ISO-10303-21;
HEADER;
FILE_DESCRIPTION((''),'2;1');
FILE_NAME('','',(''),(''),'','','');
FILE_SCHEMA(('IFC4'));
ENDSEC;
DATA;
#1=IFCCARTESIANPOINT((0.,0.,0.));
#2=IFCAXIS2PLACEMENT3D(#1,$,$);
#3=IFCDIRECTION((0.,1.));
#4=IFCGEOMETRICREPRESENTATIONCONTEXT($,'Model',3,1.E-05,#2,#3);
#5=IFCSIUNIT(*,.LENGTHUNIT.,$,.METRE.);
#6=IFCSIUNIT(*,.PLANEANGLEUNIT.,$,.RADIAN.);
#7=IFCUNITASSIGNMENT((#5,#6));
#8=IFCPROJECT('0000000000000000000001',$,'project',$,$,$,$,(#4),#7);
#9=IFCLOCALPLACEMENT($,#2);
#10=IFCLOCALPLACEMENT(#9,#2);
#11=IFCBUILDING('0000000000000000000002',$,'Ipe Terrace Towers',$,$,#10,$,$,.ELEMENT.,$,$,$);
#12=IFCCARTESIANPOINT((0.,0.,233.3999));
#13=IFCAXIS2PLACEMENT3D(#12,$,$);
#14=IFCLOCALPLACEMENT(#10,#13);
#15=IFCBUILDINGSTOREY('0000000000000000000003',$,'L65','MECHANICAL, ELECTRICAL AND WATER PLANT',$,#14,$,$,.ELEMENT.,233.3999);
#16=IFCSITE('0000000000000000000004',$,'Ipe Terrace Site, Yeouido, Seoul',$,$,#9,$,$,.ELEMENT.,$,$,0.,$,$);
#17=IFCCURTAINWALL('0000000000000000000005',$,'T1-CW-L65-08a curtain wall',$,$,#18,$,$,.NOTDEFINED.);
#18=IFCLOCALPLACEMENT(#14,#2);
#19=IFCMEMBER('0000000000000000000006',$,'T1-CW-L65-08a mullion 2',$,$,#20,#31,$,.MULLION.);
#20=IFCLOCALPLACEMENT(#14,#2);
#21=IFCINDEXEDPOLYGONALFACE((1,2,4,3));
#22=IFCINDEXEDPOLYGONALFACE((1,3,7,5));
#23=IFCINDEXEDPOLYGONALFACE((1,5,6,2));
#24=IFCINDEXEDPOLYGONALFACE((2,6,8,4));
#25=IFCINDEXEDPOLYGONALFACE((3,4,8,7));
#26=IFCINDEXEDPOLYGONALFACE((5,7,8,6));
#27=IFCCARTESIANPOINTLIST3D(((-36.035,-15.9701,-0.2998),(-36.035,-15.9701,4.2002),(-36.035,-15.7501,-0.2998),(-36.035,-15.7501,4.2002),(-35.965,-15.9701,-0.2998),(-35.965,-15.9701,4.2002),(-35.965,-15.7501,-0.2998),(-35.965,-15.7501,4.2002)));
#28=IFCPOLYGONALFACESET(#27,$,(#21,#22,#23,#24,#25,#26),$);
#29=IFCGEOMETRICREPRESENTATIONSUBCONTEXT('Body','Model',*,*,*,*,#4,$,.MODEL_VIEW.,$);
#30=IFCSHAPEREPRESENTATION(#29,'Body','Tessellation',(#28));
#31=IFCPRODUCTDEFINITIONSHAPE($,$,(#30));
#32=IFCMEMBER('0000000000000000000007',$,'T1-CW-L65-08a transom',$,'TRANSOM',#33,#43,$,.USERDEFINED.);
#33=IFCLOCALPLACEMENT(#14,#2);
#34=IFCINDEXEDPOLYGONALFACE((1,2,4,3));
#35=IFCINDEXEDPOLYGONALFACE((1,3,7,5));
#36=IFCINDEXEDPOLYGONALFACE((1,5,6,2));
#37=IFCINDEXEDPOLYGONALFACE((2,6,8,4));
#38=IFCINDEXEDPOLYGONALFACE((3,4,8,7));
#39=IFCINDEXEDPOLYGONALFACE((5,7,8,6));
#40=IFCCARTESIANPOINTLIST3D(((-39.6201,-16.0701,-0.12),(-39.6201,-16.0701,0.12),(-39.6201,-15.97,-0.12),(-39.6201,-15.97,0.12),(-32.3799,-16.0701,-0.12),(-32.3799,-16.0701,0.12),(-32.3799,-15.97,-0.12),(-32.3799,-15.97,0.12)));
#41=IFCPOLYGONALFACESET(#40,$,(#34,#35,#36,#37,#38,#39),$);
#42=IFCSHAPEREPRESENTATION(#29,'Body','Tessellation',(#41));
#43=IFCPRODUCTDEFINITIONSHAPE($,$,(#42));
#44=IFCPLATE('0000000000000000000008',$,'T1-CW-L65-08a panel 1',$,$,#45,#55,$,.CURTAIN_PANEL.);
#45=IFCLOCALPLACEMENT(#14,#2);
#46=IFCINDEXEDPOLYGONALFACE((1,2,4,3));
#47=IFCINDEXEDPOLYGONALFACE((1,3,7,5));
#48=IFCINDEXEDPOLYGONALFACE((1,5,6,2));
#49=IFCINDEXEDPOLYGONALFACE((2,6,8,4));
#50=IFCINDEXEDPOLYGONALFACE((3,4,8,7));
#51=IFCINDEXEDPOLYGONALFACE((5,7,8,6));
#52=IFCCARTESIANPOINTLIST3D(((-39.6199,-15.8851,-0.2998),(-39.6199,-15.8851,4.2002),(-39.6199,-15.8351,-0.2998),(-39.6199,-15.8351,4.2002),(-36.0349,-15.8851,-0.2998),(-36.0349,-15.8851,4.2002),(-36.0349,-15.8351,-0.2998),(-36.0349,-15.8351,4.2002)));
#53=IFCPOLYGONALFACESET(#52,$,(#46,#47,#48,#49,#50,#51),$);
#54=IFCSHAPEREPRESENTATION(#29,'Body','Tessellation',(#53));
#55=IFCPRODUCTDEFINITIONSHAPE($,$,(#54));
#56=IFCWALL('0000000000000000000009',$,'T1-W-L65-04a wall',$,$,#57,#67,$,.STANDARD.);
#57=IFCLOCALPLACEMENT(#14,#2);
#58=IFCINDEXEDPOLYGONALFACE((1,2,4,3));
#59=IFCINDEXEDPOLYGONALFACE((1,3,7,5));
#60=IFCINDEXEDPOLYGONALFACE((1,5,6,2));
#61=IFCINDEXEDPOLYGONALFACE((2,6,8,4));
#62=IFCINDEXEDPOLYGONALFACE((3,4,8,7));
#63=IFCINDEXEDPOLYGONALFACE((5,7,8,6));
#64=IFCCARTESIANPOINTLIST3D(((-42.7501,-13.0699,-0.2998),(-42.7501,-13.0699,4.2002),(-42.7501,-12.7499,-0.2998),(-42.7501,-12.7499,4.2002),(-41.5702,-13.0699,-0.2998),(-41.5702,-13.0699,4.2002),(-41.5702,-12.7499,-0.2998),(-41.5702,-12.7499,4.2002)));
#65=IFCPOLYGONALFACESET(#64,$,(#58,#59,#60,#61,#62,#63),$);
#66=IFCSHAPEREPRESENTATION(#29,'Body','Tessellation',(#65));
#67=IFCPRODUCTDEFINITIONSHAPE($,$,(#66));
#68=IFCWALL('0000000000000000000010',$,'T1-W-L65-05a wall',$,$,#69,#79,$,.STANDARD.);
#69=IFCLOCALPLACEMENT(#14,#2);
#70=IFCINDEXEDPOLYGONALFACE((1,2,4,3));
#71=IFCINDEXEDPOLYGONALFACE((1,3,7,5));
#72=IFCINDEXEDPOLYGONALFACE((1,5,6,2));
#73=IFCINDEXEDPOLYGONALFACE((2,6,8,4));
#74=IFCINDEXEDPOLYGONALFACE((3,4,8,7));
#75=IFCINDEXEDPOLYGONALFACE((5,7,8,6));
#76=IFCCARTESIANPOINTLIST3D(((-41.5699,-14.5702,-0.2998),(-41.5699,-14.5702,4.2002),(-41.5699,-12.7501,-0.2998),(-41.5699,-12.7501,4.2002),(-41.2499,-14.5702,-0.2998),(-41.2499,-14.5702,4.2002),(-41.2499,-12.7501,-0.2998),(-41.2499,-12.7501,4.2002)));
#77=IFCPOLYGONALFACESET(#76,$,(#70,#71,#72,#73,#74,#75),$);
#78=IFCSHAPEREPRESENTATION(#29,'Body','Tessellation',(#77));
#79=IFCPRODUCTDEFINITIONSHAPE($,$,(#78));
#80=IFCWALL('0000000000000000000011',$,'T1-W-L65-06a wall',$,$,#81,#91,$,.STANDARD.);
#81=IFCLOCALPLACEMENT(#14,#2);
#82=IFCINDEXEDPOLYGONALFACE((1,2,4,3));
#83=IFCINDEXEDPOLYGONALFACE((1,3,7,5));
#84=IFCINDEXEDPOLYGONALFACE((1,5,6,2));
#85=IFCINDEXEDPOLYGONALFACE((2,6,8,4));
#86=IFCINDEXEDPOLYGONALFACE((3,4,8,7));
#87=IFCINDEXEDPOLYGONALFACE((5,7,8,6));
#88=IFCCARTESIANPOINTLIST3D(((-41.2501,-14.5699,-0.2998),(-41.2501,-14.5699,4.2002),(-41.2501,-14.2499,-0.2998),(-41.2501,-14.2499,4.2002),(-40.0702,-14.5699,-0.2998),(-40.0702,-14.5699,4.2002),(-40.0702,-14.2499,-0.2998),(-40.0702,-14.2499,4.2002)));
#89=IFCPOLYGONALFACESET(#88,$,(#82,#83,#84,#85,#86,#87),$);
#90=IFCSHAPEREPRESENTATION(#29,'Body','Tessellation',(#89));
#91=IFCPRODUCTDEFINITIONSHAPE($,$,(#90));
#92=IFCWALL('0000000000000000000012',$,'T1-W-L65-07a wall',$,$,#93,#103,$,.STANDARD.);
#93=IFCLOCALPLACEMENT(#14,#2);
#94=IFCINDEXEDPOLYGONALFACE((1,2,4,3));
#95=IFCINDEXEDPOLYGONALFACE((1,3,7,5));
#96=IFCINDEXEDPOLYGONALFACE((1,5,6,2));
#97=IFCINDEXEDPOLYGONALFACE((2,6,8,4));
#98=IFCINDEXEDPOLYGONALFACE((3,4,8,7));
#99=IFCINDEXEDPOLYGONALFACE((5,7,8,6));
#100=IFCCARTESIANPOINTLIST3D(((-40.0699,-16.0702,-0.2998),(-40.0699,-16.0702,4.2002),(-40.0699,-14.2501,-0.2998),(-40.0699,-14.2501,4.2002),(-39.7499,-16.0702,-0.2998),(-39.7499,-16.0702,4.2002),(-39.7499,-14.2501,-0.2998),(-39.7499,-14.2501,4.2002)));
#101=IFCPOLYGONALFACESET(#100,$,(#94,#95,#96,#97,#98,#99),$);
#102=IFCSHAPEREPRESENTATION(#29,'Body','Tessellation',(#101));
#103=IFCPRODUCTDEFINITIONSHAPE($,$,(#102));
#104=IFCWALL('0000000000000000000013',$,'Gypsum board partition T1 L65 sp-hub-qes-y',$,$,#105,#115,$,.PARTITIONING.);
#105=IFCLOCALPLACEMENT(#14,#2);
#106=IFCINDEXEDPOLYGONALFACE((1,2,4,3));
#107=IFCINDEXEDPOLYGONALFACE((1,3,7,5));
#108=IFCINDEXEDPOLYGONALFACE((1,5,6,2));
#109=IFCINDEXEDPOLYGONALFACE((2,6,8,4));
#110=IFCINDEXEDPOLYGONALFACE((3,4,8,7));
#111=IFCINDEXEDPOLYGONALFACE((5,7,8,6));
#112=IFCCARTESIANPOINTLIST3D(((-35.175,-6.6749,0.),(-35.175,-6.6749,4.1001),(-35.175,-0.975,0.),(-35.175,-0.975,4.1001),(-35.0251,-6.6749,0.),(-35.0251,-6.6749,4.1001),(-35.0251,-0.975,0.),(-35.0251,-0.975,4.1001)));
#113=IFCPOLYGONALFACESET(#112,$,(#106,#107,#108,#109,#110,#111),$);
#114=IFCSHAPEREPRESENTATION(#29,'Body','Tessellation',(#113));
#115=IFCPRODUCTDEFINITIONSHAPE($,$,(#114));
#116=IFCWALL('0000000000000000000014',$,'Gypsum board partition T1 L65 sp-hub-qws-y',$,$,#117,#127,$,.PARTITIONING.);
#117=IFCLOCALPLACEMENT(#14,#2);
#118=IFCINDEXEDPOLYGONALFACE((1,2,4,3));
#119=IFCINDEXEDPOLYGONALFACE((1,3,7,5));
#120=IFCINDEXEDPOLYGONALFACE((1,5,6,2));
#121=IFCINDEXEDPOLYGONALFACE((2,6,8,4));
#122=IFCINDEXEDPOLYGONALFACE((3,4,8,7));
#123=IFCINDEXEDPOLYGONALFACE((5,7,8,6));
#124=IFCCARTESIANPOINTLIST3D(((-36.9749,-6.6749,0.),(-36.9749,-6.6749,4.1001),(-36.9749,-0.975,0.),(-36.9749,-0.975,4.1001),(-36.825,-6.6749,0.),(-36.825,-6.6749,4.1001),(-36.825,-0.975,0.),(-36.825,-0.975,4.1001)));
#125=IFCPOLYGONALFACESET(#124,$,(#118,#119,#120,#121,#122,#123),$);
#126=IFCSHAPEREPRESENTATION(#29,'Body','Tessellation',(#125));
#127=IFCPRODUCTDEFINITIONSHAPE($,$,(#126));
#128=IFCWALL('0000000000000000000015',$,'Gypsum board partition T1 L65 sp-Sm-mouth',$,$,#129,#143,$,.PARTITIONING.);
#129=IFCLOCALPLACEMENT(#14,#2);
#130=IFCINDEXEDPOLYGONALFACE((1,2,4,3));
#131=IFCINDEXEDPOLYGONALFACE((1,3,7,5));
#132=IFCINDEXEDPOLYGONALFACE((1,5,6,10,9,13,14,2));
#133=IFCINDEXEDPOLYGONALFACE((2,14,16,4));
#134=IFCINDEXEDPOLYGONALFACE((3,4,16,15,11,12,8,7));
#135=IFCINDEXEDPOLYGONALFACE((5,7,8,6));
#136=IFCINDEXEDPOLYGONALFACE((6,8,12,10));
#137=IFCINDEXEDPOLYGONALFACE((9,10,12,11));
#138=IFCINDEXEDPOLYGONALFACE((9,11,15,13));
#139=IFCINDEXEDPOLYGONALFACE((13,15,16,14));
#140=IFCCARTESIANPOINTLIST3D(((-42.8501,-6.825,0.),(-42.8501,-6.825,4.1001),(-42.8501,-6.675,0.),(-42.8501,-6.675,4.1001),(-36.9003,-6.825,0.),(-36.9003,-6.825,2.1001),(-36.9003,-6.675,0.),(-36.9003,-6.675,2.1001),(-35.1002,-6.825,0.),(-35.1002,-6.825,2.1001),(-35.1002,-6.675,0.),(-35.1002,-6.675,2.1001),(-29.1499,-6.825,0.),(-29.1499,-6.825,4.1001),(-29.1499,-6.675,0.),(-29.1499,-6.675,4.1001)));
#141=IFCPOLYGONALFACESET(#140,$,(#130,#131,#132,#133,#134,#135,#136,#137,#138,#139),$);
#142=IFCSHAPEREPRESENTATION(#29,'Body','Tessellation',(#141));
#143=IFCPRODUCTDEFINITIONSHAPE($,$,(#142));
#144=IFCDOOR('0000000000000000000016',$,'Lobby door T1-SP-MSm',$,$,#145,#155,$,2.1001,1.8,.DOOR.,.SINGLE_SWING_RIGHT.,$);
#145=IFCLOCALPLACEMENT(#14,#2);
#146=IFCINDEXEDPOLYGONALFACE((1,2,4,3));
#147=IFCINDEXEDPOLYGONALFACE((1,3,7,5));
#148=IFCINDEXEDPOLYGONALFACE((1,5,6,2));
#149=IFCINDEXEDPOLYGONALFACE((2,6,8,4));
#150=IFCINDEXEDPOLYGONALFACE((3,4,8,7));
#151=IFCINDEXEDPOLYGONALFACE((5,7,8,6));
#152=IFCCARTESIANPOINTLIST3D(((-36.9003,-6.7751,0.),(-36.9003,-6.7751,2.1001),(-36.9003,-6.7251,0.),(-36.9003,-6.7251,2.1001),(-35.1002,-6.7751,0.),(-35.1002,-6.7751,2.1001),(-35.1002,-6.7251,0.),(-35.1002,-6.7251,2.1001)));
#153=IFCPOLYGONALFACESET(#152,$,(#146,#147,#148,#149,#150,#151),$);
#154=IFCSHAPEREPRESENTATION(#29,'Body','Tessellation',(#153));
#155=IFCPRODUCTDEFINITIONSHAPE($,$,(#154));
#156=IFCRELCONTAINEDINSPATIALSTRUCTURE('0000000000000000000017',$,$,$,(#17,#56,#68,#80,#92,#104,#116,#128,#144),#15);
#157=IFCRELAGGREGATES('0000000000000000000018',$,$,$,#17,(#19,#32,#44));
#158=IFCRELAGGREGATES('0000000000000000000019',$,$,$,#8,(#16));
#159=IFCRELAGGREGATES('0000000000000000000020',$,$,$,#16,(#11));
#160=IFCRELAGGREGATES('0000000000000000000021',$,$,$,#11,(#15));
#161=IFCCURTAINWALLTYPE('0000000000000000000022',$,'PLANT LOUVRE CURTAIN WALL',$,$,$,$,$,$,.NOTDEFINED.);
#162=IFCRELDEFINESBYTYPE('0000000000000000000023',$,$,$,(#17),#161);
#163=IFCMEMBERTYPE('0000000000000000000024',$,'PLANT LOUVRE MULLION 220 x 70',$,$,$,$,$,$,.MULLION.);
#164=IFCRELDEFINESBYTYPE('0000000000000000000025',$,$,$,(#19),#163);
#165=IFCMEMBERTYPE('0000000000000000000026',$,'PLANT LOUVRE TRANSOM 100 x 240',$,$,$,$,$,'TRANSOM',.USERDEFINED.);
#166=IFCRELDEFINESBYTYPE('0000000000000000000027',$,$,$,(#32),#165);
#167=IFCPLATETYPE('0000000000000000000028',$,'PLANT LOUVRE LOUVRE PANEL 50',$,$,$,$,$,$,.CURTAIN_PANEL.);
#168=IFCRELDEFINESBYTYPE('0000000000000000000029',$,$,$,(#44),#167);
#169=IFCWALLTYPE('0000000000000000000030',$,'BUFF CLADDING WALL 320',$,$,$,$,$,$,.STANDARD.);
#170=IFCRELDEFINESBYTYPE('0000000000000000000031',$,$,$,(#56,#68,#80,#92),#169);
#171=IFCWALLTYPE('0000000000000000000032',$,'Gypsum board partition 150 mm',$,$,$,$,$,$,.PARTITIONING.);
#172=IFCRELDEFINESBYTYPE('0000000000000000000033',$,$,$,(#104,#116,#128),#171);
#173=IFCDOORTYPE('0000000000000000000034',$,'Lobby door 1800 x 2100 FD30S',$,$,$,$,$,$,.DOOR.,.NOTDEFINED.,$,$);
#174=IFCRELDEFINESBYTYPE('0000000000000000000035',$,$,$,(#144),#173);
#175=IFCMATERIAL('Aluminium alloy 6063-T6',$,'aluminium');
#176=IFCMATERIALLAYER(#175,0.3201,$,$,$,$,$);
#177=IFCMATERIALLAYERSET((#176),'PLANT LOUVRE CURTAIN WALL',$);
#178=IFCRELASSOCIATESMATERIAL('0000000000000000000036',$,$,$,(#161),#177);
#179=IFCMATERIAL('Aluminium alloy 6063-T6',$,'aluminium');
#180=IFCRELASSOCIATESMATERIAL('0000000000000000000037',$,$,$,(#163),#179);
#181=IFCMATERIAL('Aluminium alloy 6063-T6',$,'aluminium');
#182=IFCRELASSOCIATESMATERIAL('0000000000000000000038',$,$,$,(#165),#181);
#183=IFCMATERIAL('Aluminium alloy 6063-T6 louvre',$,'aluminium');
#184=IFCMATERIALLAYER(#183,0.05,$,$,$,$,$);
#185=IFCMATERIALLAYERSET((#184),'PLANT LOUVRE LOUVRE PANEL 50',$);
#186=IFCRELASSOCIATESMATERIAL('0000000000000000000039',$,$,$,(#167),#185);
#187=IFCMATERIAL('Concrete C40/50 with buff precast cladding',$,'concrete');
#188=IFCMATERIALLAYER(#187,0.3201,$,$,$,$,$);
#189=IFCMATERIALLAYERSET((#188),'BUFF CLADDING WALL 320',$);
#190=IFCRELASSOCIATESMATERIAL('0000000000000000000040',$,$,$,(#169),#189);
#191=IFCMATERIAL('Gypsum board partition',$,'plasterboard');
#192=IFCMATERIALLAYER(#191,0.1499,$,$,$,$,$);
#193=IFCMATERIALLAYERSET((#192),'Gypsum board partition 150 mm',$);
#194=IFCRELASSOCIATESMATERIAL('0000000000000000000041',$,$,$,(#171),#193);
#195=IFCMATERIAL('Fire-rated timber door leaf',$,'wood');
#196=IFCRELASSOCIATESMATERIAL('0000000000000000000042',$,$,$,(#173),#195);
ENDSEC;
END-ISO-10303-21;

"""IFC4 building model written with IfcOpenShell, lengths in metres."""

from ifc_helpers import new_model, si_unit, direction, frame, frame_2d, origin, origin_2d, place, context, subcontext, project, spatial, rectangle, extrude, material, layer, layer_set, material_profile, profile_set, type_object, element, fill, aggregate, save


model = new_model("IFC4")

# Units and contexts
model_context = context("Model", 3, precision=1e-05, world=origin(), true_north=direction((0.0, 1.0)))
body_context = subcontext(model_context, "Body", "Model", "MODEL_VIEW")
ifc_project = project(units=[si_unit("LENGTHUNIT", "METRE"), si_unit("PLANEANGLEUNIT", "RADIAN")], contexts=[model_context])

# Site, building, storey
site_placement = place(None, origin())
site = spatial("IfcSite", under=ifc_project, at=site_placement, Name="Ipe Terrace Site, Yeouido, Seoul", CompositionType="ELEMENT", RefElevation=0.0)
building_placement = place(site_placement, origin())
building = spatial("IfcBuilding", under=site, at=building_placement, Name="Ipe Terrace Towers", CompositionType="ELEMENT")
storey_placement = place(building_placement, frame((0.0, 0.0, 233.3999)))
storey = spatial("IfcBuildingStorey", under=building, at=storey_placement, Name="L65", Description="MECHANICAL, ELECTRICAL AND WATER PLANT", CompositionType="ELEMENT", Elevation=233.3999)

# Curtain wall, members, plate
ifc_material_1 = material(Name="Aluminium alloy 6063-T6", Category="aluminium")
ifc_layer_1 = layer(ifc_material_1, 0.3201)
ifc_layer_set_1 = layer_set([ifc_layer_1], Name="PLANT LOUVRE CURTAIN WALL")
curtain_wall_type = type_object("IfcCurtainWallType", Name="PLANT LOUVRE CURTAIN WALL", PredefinedType="NOTDEFINED", material=ifc_layer_set_1)
curtain_wall_placement = place(storey_placement, origin())
curtain_wall = element("IfcCurtainWall", 1, at=curtain_wall_placement, inside=storey, type_object=curtain_wall_type, Name="T1-CW-L65-08a curtain wall", PredefinedType="NOTDEFINED")
ifc_material_2 = material(Name="Aluminium alloy 6063-T6", Category="aluminium")
ifc_material_profile_1 = material_profile(ifc_material_2, rectangle(XDim=0.22, YDim=0.0701, at=origin_2d()), Name="PLANT LOUVRE MULLION 220 x 70")
ifc_profile_set_1 = profile_set([ifc_material_profile_1], Name="Aluminium alloy 6063-T6")
member_type_1 = type_object("IfcMemberType", Name="PLANT LOUVRE MULLION 220 x 70", PredefinedType="MULLION", material=ifc_profile_set_1)
member_1_placement = place(storey_placement, frame((-36.0, -15.8601, -0.2998), z_axis=(0.0, 0.0, 1.0), x_axis=(0.0, -1.0, 0.0)))
member_1 = element("IfcMember", 2, at=member_1_placement, type_object=member_type_1, Name="T1-CW-L65-08a mullion 2", PredefinedType="MULLION", context=body_context, shape_type="SweptSolid", body=[
    extrude(rectangle(XDim=0.22, YDim=0.0701, at=origin_2d()), origin(), (0.0, 0.0, 1.0), 4.5),
])
ifc_material_3 = material(Name="Aluminium alloy 6063-T6", Category="aluminium")
ifc_material_profile_2 = material_profile(ifc_material_3, rectangle(XDim=0.1001, YDim=0.24, at=origin_2d()), Name="PLANT LOUVRE TRANSOM 100 x 240")
ifc_profile_set_2 = profile_set([ifc_material_profile_2], Name="Aluminium alloy 6063-T6")
member_type_2 = type_object("IfcMemberType", Name="PLANT LOUVRE TRANSOM 100 x 240", ElementType="TRANSOM", PredefinedType="USERDEFINED", material=ifc_profile_set_2)
member_2_placement = place(storey_placement, frame((-39.6201, -16.02, 0.0), z_axis=(1.0, 0.0, 0.0), x_axis=(0.0, -1.0, 0.0)))
member_2 = element("IfcMember", 3, at=member_2_placement, type_object=member_type_2, Name="T1-CW-L65-08a transom", ObjectType="TRANSOM", PredefinedType="USERDEFINED", context=body_context, shape_type="SweptSolid", body=[
    extrude(rectangle(XDim=0.1001, YDim=0.24, at=origin_2d()), origin(), (0.0, 0.0, 1.0), 7.2402),
])
ifc_material_4 = material(Name="Aluminium alloy 6063-T6 louvre", Category="aluminium")
ifc_layer_2 = layer(ifc_material_4, 0.05)
ifc_layer_set_2 = layer_set([ifc_layer_2], Name="PLANT LOUVRE LOUVRE PANEL 50")
plate_type = type_object("IfcPlateType", Name="PLANT LOUVRE LOUVRE PANEL 50", PredefinedType="CURTAIN_PANEL", material=ifc_layer_set_2)
plate_placement = place(storey_placement, frame((-37.8274, -15.8601, -0.2998), z_axis=(0.0, 0.0, 1.0), x_axis=(1.0, 0.0, 0.0)))
plate = element("IfcPlate", 4, at=plate_placement, type_object=plate_type, Name="T1-CW-L65-08a panel 1", PredefinedType="CURTAIN_PANEL", context=body_context, shape_type="SweptSolid", body=[
    extrude(rectangle(XDim=3.585, YDim=0.05, at=origin_2d()), origin(), (0.0, 0.0, 1.0), 4.5),
])
aggregate(curtain_wall, [member_1, member_2, plate])

# Walls
ifc_material_5 = material(Name="Concrete C40/50 with buff precast cladding", Category="concrete")
ifc_layer_3 = layer(ifc_material_5, 0.3201)
ifc_layer_set_3 = layer_set([ifc_layer_3], Name="BUFF CLADDING WALL 320")
wall_type_1 = type_object("IfcWallType", Name="BUFF CLADDING WALL 320", PredefinedType="STANDARD", material=ifc_layer_set_3)
wall_1_placement = place(storey_placement, frame((-42.75, -12.9099, -0.2998), z_axis=(0.0, 0.0, 1.0), x_axis=(1.0, 0.0, 0.0)))
element("IfcWall", 5, at=wall_1_placement, inside=storey, type_object=wall_type_1, Name="T1-W-L65-04a wall", PredefinedType="STANDARD", context=body_context, shape_type="SweptSolid", body=[
    extrude(rectangle(XDim=1.1799, YDim=0.3201, at=frame_2d((0.5898, 0.0))), origin(), (0.0, 0.0, 1.0), 4.5),
])
wall_2_placement = place(storey_placement, frame((-41.4099, -12.75, -0.2998), z_axis=(0.0, 0.0, 1.0), x_axis=(0.0, -1.0, 0.0)))
element("IfcWall", 6, at=wall_2_placement, inside=storey, type_object=wall_type_1, Name="T1-W-L65-05a wall", PredefinedType="STANDARD", context=body_context, shape_type="SweptSolid", body=[
    extrude(rectangle(XDim=1.8201, YDim=0.3201, at=frame_2d((0.9102, 0.0))), origin(), (0.0, 0.0, 1.0), 4.5),
])
wall_3_placement = place(storey_placement, frame((-41.25, -14.4099, -0.2998), z_axis=(0.0, 0.0, 1.0), x_axis=(1.0, 0.0, 0.0)))
element("IfcWall", 7, at=wall_3_placement, inside=storey, type_object=wall_type_1, Name="T1-W-L65-06a wall", PredefinedType="STANDARD", context=body_context, shape_type="SweptSolid", body=[
    extrude(rectangle(XDim=1.1799, YDim=0.3201, at=frame_2d((0.5898, 0.0))), origin(), (0.0, 0.0, 1.0), 4.5),
])
wall_4_placement = place(storey_placement, frame((-39.9099, -14.25, -0.2998), z_axis=(0.0, 0.0, 1.0), x_axis=(0.0, -1.0, 0.0)))
element("IfcWall", 8, at=wall_4_placement, inside=storey, type_object=wall_type_1, Name="T1-W-L65-07a wall", PredefinedType="STANDARD", context=body_context, shape_type="SweptSolid", body=[
    extrude(rectangle(XDim=1.8201, YDim=0.3201, at=frame_2d((0.9102, 0.0))), origin(), (0.0, 0.0, 1.0), 4.5),
])
ifc_material_6 = material(Name="Gypsum board partition", Category="plasterboard")
ifc_layer_4 = layer(ifc_material_6, 0.1499)
ifc_layer_set_4 = layer_set([ifc_layer_4], Name="Gypsum board partition 150 mm")
wall_type_2 = type_object("IfcWallType", Name="Gypsum board partition 150 mm", PredefinedType="PARTITIONING", material=ifc_layer_set_4)
for number, where, z_axis, x_axis, name in (
    (9, (-35.1001, -6.675, 0.0), (0.0, 0.0, 1.0), (0.0, 1.0, 0.0), "Gypsum board partition T1 L65 sp-hub-qes-y"),
    (10, (-36.8999, -6.675, 0.0), (0.0, 0.0, 1.0), (0.0, 1.0, 0.0), "Gypsum board partition T1 L65 sp-hub-qws-y"),
):
    element("IfcWall", number, at=place(storey_placement, frame(where, z_axis=z_axis, x_axis=x_axis)), inside=storey, type_object=wall_type_2, Name=name, PredefinedType="PARTITIONING", context=body_context, shape_type="SweptSolid", body=[
        extrude(rectangle(XDim=5.7, YDim=0.1499, at=frame_2d((2.8501, 0.0))), origin(), (0.0, 0.0, 1.0), 4.1001),
    ])

# Wall, opening, door
wall_5_placement = place(storey_placement, frame((-42.8501, -6.75, 0.0), z_axis=(0.0, 0.0, 1.0), x_axis=(1.0, 0.0, 0.0)))
wall_5 = element("IfcWall", 11, at=wall_5_placement, inside=storey, type_object=wall_type_2, Name="Gypsum board partition T1 L65 sp-Sm-mouth", PredefinedType="PARTITIONING", context=body_context, shape_type="SweptSolid", body=[
    extrude(rectangle(XDim=13.7002, YDim=0.1499, at=frame_2d((6.8501, 0.0))), origin(), (0.0, 0.0, 1.0), 4.1001),
])
opening_1_placement = place(wall_5_placement, frame((5.95, 0.0, 0.0)))
opening_1 = element("IfcOpeningElement", 12, at=opening_1_placement, cuts=wall_5, PredefinedType="OPENING", context=body_context, shape_type="SweptSolid", body=[
    extrude(rectangle(XDim=1.8, YDim=2.1001, at=frame_2d((0.8999, 1.05))), frame((0.0, 0.085, 0.0), z_axis=(0.0, -1.0, 0.0), x_axis=(1.0, 0.0, 0.0)), (0.0, 0.0, 1.0), 0.1699),
])
ifc_material_7 = material(Name="Fire-rated timber door leaf", Category="wood")
door_type_1 = type_object("IfcDoorType", Name="Lobby door 1800 x 2100 FD30S", OperationType="NOTDEFINED", PredefinedType="DOOR", material=ifc_material_7)
door_1_placement = place(opening_1_placement, origin())
door_1 = element("IfcDoor", 13, at=door_1_placement, inside=storey, type_object=door_type_1, Name="Lobby door T1-SP-MSm", OperationType="SINGLE_SWING_RIGHT", OverallHeight=2.1001, OverallWidth=1.8, PredefinedType="DOOR", context=body_context, shape_type="SweptSolid", body=[
    extrude(rectangle(XDim=1.8, YDim=2.1001, at=frame_2d((0.8999, 1.05))), frame((0.0, 0.0249, 0.0), z_axis=(0.0, -1.0, 0.0), x_axis=(1.0, 0.0, 0.0)), (0.0, 0.0, 1.0), 0.05),
])
fill(opening_1, door_1)

save(model, "model.ifc")
